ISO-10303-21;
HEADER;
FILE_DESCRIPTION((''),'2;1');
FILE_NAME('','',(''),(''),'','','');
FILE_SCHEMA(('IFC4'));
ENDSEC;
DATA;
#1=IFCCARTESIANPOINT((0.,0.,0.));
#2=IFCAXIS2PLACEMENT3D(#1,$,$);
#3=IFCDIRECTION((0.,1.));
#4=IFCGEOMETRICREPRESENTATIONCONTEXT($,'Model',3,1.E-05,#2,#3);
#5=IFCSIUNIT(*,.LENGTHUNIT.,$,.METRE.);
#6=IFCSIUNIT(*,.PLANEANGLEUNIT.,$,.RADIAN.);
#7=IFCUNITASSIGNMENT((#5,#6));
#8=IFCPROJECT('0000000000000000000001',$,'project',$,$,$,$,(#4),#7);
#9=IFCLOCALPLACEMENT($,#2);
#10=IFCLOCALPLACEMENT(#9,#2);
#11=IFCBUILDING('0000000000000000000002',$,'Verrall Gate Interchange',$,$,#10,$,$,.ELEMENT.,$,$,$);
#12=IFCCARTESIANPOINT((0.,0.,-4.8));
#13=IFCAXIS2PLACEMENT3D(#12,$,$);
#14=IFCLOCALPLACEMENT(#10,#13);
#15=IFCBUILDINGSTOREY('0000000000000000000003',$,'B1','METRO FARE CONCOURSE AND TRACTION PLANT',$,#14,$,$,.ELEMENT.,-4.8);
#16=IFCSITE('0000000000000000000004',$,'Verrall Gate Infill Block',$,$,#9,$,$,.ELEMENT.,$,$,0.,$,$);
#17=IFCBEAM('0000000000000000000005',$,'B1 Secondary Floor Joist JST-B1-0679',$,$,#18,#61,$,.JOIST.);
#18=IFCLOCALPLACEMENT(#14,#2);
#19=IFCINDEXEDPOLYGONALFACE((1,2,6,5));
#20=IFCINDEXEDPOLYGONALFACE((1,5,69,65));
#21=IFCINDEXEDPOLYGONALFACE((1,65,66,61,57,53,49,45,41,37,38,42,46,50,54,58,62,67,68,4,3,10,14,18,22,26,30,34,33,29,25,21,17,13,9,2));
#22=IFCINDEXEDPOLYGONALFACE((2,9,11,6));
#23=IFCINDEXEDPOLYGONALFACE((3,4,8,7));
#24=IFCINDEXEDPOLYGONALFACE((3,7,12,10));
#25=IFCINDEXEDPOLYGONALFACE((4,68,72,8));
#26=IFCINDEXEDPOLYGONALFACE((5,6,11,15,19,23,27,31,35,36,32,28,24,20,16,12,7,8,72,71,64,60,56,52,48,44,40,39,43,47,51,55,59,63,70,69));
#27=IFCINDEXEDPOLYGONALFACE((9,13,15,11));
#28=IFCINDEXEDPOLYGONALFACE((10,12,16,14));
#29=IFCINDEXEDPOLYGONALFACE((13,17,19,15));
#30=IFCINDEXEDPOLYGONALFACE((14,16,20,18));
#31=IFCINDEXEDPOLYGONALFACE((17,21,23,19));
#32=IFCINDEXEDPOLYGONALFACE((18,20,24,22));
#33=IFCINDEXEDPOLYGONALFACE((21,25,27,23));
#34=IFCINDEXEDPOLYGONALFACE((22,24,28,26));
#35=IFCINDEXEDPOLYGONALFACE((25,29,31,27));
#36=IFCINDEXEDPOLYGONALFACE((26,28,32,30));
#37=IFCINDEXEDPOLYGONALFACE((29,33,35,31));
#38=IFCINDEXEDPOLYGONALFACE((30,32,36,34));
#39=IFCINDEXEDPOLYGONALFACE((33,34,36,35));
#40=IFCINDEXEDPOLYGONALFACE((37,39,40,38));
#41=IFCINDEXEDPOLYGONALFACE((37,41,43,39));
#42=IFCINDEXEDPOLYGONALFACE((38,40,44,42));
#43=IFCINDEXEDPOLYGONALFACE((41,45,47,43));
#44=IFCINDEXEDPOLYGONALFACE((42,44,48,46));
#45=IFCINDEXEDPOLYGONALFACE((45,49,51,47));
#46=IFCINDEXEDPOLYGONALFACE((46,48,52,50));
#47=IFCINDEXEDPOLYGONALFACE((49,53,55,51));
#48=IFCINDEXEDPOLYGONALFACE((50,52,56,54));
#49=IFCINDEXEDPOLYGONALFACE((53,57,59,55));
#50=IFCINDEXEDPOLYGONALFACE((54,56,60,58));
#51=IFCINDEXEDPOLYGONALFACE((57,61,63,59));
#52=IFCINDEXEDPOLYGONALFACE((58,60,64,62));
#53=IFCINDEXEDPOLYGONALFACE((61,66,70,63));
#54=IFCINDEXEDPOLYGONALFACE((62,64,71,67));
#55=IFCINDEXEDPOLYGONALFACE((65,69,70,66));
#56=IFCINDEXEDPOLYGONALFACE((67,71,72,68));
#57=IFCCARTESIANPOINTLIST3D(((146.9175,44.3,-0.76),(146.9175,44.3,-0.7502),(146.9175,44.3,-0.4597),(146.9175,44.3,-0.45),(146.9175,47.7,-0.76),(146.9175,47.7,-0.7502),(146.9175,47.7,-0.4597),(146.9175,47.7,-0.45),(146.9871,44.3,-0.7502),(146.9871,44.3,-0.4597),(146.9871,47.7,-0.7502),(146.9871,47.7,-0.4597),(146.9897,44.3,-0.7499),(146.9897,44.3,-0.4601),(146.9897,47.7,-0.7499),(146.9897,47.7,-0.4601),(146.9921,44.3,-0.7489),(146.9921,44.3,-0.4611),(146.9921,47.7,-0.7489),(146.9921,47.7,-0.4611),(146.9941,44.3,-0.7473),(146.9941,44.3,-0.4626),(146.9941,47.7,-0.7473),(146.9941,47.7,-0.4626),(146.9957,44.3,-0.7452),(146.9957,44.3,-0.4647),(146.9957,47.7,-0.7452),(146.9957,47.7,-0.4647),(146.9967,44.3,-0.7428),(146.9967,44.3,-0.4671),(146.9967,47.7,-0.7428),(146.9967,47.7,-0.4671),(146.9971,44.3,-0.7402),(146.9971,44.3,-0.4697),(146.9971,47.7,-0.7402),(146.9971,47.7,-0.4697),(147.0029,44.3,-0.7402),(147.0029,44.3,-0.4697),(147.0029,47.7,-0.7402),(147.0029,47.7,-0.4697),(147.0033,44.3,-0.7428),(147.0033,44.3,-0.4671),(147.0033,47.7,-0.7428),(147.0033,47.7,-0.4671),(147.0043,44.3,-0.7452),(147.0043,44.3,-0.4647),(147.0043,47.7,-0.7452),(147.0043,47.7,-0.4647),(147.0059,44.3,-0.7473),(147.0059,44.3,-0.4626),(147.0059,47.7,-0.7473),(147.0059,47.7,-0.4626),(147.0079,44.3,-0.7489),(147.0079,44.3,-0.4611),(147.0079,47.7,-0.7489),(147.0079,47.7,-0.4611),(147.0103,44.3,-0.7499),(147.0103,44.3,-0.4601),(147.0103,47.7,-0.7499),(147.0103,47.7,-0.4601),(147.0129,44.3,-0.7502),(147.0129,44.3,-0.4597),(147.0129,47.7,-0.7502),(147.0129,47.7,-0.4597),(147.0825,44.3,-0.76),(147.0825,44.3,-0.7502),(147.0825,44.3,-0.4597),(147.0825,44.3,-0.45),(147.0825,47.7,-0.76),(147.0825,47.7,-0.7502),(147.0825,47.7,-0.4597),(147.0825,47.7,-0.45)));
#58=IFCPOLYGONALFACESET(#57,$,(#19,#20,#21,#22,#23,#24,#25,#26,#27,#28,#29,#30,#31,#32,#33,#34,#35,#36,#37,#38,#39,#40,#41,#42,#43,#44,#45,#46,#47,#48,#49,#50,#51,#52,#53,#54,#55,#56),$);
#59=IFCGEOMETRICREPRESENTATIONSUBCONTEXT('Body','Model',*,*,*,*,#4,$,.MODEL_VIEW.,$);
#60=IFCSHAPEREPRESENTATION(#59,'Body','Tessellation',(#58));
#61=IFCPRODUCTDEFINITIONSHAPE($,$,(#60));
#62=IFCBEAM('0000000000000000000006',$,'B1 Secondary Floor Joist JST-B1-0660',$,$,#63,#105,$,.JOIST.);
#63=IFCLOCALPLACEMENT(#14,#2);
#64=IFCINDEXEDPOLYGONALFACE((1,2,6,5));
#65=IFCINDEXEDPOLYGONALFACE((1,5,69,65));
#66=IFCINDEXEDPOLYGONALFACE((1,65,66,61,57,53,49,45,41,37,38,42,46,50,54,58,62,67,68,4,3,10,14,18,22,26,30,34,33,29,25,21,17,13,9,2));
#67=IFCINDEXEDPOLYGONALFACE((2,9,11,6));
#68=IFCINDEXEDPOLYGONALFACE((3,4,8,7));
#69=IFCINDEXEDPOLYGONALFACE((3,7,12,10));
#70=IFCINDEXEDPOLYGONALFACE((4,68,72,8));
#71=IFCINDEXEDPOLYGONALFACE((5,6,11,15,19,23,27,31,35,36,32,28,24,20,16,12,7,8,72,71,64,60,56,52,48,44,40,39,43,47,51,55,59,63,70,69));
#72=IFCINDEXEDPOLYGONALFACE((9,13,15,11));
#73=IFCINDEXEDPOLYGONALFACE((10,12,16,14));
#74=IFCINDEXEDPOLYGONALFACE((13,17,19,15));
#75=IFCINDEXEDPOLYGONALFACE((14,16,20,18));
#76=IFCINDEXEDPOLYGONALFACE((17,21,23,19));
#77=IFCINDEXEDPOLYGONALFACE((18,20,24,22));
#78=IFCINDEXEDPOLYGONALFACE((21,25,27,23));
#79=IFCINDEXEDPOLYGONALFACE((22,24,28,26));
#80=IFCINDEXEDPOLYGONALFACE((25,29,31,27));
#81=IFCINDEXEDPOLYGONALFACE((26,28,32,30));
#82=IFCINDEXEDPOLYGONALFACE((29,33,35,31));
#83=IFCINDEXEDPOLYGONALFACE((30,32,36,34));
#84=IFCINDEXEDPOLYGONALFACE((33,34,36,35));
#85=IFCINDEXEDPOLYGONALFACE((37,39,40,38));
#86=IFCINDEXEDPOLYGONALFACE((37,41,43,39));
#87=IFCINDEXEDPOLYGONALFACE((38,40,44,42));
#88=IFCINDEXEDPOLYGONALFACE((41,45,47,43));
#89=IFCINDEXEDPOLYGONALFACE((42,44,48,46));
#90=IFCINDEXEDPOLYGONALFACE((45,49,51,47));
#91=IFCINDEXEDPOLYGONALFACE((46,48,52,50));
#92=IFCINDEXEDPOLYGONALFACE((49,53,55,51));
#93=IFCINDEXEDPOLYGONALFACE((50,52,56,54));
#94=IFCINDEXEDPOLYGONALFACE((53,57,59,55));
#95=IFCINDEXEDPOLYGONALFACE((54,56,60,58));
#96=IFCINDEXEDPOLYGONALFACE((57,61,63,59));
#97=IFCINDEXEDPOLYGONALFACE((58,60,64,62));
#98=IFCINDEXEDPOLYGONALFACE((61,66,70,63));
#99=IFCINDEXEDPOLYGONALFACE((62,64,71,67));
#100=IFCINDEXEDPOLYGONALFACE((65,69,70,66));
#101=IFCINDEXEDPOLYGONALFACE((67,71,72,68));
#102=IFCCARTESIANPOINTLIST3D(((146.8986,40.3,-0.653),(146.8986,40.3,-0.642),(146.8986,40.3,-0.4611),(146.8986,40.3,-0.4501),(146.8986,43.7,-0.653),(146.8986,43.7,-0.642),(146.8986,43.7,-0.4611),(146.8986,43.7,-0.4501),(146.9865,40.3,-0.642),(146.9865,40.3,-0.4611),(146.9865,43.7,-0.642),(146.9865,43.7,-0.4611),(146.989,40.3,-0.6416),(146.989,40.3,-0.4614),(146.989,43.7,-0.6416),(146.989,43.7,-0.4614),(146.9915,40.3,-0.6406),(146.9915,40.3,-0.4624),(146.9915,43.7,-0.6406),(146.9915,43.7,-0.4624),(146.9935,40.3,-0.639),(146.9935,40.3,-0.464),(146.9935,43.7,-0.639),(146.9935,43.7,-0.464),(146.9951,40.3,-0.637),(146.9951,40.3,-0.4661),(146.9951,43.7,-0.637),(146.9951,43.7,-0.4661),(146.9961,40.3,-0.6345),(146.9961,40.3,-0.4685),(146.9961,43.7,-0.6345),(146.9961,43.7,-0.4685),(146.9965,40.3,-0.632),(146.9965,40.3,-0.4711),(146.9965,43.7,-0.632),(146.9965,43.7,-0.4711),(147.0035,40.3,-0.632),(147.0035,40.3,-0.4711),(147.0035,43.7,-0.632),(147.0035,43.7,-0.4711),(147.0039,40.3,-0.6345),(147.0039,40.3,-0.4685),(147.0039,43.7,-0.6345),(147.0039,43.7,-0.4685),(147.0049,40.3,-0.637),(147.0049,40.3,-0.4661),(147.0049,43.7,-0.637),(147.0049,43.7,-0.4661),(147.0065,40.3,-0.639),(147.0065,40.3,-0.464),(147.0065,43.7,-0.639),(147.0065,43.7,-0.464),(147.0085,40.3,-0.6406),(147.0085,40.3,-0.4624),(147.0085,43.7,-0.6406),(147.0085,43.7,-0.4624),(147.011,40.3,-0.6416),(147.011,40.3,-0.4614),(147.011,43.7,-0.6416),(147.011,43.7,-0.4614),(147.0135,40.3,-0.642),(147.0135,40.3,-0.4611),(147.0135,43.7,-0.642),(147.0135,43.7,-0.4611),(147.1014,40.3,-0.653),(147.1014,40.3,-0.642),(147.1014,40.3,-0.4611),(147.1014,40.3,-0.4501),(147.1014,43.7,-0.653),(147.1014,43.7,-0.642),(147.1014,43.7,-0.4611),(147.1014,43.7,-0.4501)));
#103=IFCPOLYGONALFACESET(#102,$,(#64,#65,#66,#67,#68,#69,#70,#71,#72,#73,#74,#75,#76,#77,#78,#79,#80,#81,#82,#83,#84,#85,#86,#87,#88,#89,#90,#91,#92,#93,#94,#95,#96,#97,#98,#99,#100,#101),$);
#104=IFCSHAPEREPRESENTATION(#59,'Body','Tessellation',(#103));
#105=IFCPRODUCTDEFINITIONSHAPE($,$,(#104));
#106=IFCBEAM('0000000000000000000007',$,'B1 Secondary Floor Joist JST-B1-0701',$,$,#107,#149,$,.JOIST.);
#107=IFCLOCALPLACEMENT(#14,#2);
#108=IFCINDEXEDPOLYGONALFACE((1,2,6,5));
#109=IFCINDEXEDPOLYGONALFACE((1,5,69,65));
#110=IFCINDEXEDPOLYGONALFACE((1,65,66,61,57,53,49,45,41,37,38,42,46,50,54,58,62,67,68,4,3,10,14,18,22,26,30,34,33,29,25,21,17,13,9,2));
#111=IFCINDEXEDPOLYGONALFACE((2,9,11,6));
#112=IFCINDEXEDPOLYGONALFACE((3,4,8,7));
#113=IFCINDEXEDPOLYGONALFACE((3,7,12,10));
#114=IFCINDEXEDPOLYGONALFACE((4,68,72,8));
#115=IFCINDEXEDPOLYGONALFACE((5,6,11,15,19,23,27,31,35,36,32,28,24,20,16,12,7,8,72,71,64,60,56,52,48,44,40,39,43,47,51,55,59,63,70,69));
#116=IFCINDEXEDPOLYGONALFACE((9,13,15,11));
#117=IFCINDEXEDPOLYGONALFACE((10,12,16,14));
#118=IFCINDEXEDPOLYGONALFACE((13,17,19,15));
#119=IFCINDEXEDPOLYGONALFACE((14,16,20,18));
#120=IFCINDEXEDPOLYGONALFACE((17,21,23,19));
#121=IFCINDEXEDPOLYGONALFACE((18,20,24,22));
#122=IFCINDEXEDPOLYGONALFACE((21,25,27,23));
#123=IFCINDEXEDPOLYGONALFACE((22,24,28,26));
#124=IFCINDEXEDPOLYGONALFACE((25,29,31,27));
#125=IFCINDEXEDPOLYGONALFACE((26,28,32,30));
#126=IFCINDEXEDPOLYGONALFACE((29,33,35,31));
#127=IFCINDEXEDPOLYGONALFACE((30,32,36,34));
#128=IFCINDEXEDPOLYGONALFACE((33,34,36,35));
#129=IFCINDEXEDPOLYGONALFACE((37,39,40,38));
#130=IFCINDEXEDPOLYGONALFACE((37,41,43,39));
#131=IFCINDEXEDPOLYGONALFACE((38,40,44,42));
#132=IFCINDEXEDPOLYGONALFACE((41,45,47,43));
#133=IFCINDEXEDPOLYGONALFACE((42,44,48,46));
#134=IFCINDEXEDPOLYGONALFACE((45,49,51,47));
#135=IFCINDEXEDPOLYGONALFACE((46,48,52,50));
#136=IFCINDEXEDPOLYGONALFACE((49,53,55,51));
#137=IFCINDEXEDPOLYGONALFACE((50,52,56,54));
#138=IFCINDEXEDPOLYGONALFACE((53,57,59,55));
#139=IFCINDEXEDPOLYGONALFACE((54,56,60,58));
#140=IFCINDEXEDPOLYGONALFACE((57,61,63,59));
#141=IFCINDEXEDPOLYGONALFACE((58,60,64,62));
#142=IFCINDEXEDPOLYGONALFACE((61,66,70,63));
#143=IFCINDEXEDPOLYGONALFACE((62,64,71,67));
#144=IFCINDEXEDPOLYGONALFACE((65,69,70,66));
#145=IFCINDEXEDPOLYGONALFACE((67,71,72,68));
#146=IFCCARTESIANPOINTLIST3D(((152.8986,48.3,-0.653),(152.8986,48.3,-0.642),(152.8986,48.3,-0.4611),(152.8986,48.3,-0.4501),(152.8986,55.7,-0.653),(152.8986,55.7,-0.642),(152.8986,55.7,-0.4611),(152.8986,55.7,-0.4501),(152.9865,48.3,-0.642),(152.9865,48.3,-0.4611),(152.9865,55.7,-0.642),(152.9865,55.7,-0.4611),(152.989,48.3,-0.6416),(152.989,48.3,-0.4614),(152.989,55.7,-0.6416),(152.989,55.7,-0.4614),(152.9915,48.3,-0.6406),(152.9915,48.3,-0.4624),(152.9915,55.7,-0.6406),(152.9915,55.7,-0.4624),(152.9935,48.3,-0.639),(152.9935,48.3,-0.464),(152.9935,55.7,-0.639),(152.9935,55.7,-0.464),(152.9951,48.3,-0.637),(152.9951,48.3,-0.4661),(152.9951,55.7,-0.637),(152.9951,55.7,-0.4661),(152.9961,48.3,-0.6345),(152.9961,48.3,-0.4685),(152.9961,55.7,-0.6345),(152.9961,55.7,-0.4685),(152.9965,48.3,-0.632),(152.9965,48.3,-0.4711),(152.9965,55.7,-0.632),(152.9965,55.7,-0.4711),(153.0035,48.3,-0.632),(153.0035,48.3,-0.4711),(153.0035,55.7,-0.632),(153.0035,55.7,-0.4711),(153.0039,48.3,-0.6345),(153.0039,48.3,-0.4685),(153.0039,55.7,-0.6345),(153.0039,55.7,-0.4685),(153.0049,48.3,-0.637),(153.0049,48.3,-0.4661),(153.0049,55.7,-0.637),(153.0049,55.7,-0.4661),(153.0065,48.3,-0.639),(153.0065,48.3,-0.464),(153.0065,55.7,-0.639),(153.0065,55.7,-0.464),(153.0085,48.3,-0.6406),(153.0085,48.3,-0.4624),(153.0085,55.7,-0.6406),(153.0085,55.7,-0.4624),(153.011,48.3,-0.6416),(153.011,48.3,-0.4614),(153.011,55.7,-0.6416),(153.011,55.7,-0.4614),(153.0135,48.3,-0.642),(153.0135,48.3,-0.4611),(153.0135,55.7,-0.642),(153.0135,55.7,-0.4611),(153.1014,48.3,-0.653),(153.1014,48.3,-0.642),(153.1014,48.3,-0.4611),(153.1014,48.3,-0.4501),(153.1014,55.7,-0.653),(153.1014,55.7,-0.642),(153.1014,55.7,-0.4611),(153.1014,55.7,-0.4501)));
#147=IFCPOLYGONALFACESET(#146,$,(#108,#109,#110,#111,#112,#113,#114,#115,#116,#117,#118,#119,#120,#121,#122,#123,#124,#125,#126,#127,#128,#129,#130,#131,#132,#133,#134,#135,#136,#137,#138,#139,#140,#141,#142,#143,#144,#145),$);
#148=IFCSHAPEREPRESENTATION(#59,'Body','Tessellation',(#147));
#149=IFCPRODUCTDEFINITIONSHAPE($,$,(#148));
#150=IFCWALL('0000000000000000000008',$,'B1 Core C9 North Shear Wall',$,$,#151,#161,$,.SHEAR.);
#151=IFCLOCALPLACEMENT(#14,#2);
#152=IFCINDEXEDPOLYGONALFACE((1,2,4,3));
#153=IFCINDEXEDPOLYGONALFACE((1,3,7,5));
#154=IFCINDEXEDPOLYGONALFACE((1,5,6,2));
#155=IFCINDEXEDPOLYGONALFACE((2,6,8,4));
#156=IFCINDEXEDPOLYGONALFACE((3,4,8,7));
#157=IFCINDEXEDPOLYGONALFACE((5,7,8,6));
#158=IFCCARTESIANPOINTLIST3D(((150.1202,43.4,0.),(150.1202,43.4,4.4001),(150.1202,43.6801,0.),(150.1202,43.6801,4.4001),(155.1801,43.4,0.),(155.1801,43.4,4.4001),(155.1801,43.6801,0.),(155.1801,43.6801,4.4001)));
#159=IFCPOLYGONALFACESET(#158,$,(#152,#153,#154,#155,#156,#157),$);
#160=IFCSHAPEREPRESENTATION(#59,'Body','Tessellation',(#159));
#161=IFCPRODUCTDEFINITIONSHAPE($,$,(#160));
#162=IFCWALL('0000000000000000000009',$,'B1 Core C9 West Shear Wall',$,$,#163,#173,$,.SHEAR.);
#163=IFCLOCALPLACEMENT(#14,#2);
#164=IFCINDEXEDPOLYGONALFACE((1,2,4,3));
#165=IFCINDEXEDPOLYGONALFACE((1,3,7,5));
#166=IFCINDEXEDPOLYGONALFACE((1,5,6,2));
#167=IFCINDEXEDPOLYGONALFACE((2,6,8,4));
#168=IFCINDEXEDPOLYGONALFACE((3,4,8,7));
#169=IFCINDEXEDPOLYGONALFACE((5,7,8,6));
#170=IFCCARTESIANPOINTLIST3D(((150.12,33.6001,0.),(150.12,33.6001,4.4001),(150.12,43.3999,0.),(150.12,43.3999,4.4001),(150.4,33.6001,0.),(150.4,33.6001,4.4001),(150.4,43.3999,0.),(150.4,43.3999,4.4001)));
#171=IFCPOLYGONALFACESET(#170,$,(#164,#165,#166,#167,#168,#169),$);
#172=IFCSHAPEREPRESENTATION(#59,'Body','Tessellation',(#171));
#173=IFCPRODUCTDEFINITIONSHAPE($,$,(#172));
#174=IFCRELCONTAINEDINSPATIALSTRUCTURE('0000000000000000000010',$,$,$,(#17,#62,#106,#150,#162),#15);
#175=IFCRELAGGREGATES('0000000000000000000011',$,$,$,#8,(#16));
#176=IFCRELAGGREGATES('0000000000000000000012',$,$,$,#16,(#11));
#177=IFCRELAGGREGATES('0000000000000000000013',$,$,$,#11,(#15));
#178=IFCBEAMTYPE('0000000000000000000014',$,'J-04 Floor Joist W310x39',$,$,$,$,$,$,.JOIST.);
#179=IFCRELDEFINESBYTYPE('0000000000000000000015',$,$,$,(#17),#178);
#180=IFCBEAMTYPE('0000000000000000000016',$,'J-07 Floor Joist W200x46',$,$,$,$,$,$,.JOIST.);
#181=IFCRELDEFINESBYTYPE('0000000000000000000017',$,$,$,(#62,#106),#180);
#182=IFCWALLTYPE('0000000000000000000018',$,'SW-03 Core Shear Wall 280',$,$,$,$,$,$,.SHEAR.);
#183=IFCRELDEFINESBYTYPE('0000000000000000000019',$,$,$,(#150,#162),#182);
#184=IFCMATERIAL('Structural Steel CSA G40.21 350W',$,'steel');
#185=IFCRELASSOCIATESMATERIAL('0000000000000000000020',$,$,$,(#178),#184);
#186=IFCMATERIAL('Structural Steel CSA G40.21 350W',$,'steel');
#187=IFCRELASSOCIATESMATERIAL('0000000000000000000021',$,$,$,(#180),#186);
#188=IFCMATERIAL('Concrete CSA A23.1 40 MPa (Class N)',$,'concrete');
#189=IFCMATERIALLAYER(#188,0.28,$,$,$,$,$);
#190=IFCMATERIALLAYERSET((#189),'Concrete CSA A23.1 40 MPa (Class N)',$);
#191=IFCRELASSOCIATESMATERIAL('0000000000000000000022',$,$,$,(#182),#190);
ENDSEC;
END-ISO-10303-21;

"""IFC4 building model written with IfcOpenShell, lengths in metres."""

from ifc_helpers import new_model, si_unit, direction, frame, frame_2d, origin, origin_2d, place, context, subcontext, project, spatial, rectangle, i_section, extrude, material, layer, layer_set, material_profile, profile_set, type_object, element, save


model = new_model("IFC4")

# Units and contexts
model_context = context("Model", 3, precision=1e-05, world=origin(), true_north=direction((0.0, 1.0)))
body_context = subcontext(model_context, "Body", "Model", "MODEL_VIEW")
ifc_project = project(units=[si_unit("LENGTHUNIT", "METRE"), si_unit("PLANEANGLEUNIT", "RADIAN")], contexts=[model_context])

# Site, building, storey
site_placement = place(None, origin())
site = spatial("IfcSite", under=ifc_project, at=site_placement, Name="Verrall Gate Infill Block", CompositionType="ELEMENT", RefElevation=0.0)
building_placement = place(site_placement, origin())
building = spatial("IfcBuilding", under=site, at=building_placement, Name="Verrall Gate Interchange", CompositionType="ELEMENT")
storey_placement = place(building_placement, frame((0.0, 0.0, -4.8)))
storey = spatial("IfcBuildingStorey", under=building, at=storey_placement, Name="B1", Description="METRO FARE CONCOURSE AND TRACTION PLANT", CompositionType="ELEMENT", Elevation=-4.8)

# Beams
ifc_material_1 = material(Name="Structural Steel CSA G40.21 350W", Category="steel")
ifc_material_profile_1 = material_profile(ifc_material_1, i_section(OverallWidth=0.165, OverallDepth=0.3101, WebThickness=0.0059, FlangeThickness=0.0098, FilletRadius=0.01, at=origin_2d()), Name="W310x39")
ifc_profile_set_1 = profile_set([ifc_material_profile_1], Name="Structural Steel CSA G40.21 350W")
beam_type_1 = type_object("IfcBeamType", Name="J-04 Floor Joist W310x39", PredefinedType="JOIST", material=ifc_profile_set_1)
beam_1_placement = place(storey_placement, frame((147.0, 44.3, -0.605), z_axis=(0.0, 1.0, 0.0), x_axis=(-1.0, 0.0, 0.0)))
element("IfcBeam", 1, at=beam_1_placement, inside=storey, type_object=beam_type_1, Name="B1 Secondary Floor Joist JST-B1-0679", PredefinedType="JOIST", context=body_context, shape_type="SweptSolid", body=[
    extrude(i_section(OverallWidth=0.165, OverallDepth=0.3101, WebThickness=0.0059, FlangeThickness=0.0098, FilletRadius=0.01, at=origin_2d()), origin(), (0.0, 0.0, 1.0), 3.3999),
])
ifc_material_2 = material(Name="Structural Steel CSA G40.21 350W", Category="steel")
ifc_material_profile_2 = material_profile(ifc_material_2, i_section(OverallWidth=0.2029, OverallDepth=0.2029, WebThickness=0.0071, FlangeThickness=0.011, FilletRadius=0.01, at=origin_2d()), Name="W200x46")
ifc_profile_set_2 = profile_set([ifc_material_profile_2], Name="Structural Steel CSA G40.21 350W")
beam_type_2 = type_object("IfcBeamType", Name="J-07 Floor Joist W200x46", PredefinedType="JOIST", material=ifc_profile_set_2)
beam_2_placement = place(storey_placement, frame((147.0, 40.3, -0.5515), z_axis=(0.0, 1.0, 0.0), x_axis=(-1.0, 0.0, 0.0)))
element("IfcBeam", 2, at=beam_2_placement, inside=storey, type_object=beam_type_2, Name="B1 Secondary Floor Joist JST-B1-0660", PredefinedType="JOIST", context=body_context, shape_type="SweptSolid", body=[
    extrude(i_section(OverallWidth=0.2029, OverallDepth=0.2029, WebThickness=0.0071, FlangeThickness=0.011, FilletRadius=0.01, at=origin_2d()), origin(), (0.0, 0.0, 1.0), 3.3999),
])
beam_3_placement = place(storey_placement, frame((153.0, 48.3, -0.5515), z_axis=(0.0, 1.0, 0.0), x_axis=(-1.0, 0.0, 0.0)))
element("IfcBeam", 3, at=beam_3_placement, inside=storey, type_object=beam_type_2, Name="B1 Secondary Floor Joist JST-B1-0701", PredefinedType="JOIST", context=body_context, shape_type="SweptSolid", body=[
    extrude(i_section(OverallWidth=0.2029, OverallDepth=0.2029, WebThickness=0.0071, FlangeThickness=0.011, FilletRadius=0.01, at=origin_2d()), origin(), (0.0, 0.0, 1.0), 7.3999),
])

# Walls
ifc_material_3 = material(Name="Concrete CSA A23.1 40 MPa (Class N)", Category="concrete")
ifc_layer = layer(ifc_material_3, 0.28)
ifc_layer_set = layer_set([ifc_layer], Name="Concrete CSA A23.1 40 MPa (Class N)")
wall_type = type_object("IfcWallType", Name="SW-03 Core Shear Wall 280", PredefinedType="SHEAR", material=ifc_layer_set)
wall_1_placement = place(storey_placement, frame((155.1799, 43.54, 0.0), z_axis=(0.0, 0.0, 1.0), x_axis=(-1.0, 0.0, 0.0)))
element("IfcWall", 4, at=wall_1_placement, inside=storey, type_object=wall_type, Name="B1 Core C9 North Shear Wall", PredefinedType="SHEAR", context=body_context, shape_type="SweptSolid", body=[
    extrude(rectangle(XDim=5.0598, YDim=0.28, at=frame_2d((2.5298, 0.0))), origin(), (0.0, 0.0, 1.0), 4.4001),
])
wall_2_placement = place(storey_placement, frame((150.26, 43.3999, 0.0), z_axis=(0.0, 0.0, 1.0), x_axis=(0.0, -1.0, 0.0)))
element("IfcWall", 5, at=wall_2_placement, inside=storey, type_object=wall_type, Name="B1 Core C9 West Shear Wall", PredefinedType="SHEAR", context=body_context, shape_type="SweptSolid", body=[
    extrude(rectangle(XDim=9.7998, YDim=0.28, at=frame_2d((4.8999, 0.0))), origin(), (0.0, 0.0, 1.0), 4.4001),
])

save(model, "model.ifc")
